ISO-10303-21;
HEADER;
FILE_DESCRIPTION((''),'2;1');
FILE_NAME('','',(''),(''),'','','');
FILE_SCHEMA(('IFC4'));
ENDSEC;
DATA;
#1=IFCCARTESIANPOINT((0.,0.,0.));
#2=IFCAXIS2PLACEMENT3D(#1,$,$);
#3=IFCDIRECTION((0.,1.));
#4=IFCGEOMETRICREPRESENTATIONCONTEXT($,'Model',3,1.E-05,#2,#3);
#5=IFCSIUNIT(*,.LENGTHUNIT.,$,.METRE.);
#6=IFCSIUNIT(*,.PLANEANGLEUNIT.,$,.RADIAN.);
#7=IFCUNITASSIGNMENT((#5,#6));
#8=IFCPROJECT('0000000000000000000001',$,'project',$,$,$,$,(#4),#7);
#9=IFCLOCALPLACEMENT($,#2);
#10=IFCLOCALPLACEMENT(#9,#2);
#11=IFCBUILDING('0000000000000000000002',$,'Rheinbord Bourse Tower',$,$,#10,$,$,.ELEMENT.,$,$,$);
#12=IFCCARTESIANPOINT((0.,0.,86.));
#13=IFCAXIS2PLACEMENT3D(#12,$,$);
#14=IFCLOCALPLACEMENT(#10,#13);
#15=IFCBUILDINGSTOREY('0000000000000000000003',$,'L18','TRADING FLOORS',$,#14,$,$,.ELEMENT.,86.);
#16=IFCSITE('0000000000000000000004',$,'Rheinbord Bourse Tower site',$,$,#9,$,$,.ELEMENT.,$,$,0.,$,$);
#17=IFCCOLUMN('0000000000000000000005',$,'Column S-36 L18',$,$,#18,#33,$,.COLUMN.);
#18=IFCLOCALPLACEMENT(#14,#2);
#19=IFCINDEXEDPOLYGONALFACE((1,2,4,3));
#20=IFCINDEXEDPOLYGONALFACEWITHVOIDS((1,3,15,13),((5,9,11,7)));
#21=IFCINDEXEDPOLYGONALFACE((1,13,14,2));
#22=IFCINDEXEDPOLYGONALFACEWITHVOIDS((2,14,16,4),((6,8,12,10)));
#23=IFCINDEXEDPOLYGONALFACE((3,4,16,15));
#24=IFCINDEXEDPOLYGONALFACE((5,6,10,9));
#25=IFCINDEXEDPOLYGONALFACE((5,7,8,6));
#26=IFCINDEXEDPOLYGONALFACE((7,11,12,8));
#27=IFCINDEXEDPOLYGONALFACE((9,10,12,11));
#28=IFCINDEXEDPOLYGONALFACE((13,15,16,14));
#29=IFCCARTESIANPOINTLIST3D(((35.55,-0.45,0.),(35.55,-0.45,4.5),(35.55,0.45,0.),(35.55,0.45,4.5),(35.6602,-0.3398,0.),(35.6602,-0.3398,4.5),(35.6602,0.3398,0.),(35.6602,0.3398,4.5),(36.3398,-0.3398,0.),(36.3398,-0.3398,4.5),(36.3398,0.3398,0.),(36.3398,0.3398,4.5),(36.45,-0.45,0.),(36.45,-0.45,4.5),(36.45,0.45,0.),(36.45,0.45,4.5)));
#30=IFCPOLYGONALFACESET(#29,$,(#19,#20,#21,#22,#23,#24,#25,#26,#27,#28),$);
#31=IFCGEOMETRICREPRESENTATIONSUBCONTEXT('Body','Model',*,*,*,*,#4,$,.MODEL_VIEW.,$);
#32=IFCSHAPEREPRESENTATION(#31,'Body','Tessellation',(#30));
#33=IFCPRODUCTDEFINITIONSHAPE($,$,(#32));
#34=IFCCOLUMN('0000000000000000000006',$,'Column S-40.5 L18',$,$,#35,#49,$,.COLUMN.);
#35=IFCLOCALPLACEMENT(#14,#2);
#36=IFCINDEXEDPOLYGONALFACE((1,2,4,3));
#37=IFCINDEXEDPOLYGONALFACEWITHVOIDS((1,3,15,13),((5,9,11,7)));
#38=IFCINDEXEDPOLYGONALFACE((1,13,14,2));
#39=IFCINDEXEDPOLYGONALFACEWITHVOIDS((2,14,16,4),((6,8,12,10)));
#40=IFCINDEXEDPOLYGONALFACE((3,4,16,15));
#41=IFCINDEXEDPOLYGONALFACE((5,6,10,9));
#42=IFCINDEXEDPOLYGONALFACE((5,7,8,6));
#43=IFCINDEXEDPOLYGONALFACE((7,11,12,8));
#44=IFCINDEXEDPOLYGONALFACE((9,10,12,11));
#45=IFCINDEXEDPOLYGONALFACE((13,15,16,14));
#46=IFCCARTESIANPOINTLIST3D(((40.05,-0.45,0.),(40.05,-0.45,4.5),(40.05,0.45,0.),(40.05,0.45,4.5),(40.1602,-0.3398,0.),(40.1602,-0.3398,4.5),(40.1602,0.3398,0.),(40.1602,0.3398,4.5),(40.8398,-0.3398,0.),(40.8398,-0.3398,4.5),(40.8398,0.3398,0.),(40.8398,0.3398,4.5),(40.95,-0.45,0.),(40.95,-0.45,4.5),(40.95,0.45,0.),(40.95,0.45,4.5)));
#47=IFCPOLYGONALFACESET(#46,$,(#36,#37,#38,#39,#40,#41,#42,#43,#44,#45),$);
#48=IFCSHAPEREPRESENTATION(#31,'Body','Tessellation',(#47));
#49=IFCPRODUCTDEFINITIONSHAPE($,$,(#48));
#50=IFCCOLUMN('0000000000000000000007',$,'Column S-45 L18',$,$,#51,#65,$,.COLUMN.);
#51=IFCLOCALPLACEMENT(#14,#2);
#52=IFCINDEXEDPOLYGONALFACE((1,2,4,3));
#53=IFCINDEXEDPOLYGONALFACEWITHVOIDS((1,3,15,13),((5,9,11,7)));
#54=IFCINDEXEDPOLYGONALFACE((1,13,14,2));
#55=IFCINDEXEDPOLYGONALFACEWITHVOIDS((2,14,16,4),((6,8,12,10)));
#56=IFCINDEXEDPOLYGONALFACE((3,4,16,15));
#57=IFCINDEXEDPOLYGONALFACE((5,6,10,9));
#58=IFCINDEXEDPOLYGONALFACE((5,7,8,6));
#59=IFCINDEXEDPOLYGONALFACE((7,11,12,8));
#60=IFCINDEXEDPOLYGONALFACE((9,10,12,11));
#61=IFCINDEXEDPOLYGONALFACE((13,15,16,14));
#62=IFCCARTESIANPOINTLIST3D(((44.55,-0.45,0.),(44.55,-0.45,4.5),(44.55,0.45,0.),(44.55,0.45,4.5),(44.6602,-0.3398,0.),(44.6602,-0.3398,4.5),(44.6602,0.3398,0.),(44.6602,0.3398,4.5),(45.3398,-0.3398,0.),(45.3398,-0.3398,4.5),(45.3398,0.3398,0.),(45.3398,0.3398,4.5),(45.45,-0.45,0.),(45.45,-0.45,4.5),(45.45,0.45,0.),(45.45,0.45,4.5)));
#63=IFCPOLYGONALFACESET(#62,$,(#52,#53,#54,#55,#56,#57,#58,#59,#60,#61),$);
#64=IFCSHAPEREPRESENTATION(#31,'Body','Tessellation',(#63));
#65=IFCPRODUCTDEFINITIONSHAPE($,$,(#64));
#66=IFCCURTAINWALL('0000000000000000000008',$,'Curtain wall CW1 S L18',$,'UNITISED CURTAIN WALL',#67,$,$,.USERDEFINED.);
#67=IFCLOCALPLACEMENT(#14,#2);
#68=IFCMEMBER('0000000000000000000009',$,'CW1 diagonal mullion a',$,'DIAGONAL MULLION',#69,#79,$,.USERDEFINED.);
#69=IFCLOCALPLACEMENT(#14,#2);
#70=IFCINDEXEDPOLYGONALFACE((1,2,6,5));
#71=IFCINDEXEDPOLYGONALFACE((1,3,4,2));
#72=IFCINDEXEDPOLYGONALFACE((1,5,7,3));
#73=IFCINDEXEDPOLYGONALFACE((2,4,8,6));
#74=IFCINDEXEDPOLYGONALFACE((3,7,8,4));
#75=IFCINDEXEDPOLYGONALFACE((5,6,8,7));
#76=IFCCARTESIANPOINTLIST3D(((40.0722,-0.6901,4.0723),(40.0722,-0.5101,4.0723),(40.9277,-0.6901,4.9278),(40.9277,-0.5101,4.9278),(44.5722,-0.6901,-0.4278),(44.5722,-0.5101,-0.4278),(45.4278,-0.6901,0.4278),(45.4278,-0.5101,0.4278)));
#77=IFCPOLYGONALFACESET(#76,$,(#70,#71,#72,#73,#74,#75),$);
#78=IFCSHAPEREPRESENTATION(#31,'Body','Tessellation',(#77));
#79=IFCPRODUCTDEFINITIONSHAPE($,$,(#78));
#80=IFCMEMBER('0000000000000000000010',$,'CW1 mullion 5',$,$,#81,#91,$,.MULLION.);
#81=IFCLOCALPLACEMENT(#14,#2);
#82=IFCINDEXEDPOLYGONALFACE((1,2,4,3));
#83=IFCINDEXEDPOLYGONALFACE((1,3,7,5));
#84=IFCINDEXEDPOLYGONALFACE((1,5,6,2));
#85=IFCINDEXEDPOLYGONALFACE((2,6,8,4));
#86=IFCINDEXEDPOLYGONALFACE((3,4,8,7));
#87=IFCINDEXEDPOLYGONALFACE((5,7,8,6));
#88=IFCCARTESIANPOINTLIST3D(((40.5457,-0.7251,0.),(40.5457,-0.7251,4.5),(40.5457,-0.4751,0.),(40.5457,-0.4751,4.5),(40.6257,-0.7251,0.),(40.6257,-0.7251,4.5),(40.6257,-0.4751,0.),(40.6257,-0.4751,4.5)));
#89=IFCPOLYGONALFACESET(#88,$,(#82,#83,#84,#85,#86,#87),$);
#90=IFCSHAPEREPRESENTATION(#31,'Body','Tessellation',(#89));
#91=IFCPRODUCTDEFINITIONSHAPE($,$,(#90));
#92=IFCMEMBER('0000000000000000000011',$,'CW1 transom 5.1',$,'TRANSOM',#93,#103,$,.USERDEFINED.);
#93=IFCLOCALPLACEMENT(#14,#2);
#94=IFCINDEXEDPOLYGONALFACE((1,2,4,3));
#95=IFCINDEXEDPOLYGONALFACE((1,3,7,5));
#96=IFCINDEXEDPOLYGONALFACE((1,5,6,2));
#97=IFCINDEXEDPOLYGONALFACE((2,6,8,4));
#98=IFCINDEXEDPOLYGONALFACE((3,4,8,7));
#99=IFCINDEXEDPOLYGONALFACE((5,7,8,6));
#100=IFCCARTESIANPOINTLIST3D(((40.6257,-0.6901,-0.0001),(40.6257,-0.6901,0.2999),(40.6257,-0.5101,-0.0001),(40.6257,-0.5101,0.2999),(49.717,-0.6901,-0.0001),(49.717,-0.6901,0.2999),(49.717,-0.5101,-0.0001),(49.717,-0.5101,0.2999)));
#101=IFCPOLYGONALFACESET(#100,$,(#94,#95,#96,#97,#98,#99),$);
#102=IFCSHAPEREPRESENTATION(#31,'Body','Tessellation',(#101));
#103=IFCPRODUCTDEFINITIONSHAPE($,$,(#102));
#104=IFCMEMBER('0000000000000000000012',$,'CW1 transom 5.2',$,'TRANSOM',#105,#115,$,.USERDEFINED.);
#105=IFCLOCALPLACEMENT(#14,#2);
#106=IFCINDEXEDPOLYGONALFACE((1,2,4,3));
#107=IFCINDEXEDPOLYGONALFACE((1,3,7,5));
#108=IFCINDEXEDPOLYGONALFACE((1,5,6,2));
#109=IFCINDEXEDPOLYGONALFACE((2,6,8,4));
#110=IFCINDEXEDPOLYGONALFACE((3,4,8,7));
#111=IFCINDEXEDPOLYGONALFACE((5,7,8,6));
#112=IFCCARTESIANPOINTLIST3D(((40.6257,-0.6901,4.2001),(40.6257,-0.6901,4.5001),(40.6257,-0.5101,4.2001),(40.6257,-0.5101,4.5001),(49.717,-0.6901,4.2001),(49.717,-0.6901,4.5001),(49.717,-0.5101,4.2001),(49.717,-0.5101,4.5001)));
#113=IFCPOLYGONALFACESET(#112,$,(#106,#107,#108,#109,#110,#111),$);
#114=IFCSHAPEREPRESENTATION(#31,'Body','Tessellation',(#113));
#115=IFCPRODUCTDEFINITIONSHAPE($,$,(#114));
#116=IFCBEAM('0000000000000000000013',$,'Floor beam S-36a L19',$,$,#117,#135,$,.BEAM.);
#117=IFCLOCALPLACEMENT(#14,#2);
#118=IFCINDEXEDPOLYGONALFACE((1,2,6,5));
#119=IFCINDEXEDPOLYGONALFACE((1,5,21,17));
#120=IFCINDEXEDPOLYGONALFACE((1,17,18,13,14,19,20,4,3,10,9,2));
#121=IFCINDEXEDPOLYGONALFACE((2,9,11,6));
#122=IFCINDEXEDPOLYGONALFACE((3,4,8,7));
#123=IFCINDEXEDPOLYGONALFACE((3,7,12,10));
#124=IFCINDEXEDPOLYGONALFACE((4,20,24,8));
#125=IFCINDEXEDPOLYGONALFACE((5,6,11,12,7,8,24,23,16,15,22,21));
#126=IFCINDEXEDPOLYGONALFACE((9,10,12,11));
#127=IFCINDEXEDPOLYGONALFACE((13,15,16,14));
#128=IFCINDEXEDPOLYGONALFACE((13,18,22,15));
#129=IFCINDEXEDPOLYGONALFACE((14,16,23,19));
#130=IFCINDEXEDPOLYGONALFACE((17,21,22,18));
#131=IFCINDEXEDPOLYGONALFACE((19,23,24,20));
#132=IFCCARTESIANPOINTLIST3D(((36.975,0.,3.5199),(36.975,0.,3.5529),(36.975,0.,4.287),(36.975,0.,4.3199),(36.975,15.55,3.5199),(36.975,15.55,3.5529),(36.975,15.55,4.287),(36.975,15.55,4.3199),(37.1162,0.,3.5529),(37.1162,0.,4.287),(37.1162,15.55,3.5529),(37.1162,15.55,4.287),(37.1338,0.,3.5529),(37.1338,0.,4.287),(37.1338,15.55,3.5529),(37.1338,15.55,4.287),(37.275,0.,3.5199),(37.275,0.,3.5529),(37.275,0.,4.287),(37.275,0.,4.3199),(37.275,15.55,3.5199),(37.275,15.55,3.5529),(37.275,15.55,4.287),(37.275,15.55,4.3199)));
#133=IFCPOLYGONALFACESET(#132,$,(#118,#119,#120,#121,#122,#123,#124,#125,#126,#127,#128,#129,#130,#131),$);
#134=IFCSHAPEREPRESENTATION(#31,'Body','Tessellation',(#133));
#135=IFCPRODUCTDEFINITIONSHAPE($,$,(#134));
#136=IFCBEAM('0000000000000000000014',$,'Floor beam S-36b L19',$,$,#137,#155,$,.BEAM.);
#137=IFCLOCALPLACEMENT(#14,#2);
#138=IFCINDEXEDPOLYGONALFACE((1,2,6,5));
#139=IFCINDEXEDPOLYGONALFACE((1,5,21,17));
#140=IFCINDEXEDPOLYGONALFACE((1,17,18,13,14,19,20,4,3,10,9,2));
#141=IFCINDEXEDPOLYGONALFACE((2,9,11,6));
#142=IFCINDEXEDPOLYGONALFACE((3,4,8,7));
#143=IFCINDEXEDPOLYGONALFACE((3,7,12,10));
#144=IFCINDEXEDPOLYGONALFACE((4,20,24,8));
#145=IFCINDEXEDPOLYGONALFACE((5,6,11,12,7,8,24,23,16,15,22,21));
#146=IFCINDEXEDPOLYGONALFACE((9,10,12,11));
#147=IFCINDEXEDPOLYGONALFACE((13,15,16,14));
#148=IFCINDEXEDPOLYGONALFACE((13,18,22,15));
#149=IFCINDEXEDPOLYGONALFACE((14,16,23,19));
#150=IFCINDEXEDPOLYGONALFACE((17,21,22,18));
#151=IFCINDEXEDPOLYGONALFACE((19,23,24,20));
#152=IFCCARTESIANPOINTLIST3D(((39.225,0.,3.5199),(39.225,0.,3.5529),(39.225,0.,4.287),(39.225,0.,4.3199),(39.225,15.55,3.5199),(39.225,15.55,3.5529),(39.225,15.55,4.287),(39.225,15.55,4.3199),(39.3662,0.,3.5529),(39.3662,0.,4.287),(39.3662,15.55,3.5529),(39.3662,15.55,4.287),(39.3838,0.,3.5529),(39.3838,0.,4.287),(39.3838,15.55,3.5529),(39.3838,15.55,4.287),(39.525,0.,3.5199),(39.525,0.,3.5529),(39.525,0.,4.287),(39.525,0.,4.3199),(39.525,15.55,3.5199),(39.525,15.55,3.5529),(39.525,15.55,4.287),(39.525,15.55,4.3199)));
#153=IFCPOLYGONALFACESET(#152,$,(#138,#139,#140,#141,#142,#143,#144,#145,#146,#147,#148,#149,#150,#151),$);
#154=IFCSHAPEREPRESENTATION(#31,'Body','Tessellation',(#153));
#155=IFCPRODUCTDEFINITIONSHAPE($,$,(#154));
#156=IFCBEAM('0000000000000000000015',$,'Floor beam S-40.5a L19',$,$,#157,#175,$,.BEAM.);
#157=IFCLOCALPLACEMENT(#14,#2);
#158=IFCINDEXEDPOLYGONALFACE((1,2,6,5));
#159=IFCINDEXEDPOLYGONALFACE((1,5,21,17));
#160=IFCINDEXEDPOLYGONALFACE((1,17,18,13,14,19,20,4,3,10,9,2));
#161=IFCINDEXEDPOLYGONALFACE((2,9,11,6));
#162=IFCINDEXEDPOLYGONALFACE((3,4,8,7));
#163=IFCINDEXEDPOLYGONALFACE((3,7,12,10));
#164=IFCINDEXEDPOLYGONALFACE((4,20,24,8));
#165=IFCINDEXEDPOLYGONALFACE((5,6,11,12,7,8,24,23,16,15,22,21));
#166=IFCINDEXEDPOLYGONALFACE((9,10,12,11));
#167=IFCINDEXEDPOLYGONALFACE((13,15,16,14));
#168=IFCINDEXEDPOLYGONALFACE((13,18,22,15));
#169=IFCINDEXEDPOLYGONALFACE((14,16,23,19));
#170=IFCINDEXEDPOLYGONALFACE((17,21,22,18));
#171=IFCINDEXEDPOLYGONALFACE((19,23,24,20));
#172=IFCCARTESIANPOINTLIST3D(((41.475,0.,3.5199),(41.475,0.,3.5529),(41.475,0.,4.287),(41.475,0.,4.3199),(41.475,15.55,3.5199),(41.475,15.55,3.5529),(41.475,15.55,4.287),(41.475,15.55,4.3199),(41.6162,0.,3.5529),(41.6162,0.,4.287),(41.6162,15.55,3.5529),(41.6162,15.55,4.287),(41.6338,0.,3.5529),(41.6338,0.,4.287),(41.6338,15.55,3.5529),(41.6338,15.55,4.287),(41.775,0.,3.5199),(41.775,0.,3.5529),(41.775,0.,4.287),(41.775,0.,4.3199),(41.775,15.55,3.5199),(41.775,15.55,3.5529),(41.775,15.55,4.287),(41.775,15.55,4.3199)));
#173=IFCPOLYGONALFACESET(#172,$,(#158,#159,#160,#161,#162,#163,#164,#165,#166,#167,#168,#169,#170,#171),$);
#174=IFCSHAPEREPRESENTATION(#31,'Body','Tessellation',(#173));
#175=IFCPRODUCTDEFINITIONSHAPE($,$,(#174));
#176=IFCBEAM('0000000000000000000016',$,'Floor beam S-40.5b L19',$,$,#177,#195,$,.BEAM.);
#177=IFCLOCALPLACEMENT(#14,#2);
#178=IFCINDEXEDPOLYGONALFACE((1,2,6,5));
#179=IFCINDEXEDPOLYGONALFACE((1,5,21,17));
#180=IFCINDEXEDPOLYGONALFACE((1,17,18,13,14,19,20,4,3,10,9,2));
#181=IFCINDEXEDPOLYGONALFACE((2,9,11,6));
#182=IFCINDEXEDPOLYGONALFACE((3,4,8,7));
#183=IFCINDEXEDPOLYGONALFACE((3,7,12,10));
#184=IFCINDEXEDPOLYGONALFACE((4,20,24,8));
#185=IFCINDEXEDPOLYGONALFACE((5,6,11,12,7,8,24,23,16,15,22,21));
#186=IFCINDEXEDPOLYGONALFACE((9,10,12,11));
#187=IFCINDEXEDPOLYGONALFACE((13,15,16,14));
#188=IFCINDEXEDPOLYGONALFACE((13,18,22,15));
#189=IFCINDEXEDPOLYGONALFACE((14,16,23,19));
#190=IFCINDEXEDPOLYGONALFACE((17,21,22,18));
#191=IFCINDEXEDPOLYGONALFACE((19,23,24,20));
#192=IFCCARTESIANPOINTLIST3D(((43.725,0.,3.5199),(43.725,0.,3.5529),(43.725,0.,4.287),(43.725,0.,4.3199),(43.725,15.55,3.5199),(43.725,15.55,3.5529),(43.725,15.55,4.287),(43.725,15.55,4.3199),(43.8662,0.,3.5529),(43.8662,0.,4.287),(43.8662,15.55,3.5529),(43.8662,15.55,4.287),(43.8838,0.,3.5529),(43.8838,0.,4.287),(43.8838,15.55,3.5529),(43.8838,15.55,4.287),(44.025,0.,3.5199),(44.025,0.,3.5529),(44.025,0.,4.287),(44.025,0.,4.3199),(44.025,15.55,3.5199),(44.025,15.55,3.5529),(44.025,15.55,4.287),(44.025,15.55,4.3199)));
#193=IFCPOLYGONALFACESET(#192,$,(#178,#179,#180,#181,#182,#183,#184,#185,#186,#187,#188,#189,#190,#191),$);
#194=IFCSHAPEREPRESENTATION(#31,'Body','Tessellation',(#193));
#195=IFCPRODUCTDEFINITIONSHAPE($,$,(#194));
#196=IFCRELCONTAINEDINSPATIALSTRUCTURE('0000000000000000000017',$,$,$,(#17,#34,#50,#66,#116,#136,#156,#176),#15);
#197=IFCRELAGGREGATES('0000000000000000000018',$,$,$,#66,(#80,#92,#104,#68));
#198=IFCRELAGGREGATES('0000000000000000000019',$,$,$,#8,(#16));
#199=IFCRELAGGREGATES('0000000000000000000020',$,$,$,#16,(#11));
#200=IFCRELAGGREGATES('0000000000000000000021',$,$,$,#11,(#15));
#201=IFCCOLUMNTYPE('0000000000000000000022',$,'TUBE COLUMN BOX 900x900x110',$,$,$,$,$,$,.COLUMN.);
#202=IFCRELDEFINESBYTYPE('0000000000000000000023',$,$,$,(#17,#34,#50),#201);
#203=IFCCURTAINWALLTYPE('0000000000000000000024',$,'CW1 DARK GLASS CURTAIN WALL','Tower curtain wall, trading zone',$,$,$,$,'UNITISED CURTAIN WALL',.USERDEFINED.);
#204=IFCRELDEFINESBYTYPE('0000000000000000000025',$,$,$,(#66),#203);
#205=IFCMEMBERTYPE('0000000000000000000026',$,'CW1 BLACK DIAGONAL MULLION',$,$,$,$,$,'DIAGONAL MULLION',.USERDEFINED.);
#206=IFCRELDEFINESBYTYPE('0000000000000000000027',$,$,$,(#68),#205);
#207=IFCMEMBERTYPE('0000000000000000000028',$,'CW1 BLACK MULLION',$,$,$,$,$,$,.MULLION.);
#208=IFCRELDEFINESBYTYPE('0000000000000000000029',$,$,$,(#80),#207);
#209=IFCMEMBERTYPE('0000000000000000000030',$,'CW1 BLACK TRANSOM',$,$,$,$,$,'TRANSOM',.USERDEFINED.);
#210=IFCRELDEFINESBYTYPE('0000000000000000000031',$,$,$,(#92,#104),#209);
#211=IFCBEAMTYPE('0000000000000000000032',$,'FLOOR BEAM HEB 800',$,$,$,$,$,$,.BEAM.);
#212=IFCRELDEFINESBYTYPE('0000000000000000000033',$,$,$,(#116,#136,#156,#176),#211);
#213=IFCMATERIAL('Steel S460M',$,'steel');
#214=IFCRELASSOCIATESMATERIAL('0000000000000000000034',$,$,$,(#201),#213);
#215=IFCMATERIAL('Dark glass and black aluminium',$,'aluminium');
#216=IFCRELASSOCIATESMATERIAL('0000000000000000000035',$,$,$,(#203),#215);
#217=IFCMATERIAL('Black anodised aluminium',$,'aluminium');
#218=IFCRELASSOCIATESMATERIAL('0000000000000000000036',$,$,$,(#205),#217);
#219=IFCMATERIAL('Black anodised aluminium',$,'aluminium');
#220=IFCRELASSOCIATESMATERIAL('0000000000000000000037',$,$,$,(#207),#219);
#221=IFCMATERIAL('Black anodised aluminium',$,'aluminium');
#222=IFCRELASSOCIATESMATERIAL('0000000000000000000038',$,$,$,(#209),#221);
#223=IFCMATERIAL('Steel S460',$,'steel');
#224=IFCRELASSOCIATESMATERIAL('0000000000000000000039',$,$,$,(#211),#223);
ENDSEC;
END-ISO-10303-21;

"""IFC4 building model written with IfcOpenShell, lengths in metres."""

from ifc_helpers import new_model, si_unit, direction, frame, origin, origin_2d, place, context, subcontext, project, spatial, rectangle, hollow_rectangle, i_section, extrude, material, material_profile, profile_set, type_object, element, aggregate, save


model = new_model("IFC4")

# Units and contexts
model_context = context("Model", 3, precision=1e-05, world=origin(), true_north=direction((0.0, 1.0)))
body_context = subcontext(model_context, "Body", "Model", "MODEL_VIEW")
ifc_project = project(units=[si_unit("LENGTHUNIT", "METRE"), si_unit("PLANEANGLEUNIT", "RADIAN")], contexts=[model_context])

# Site, building, storey
site_placement = place(None, origin())
site = spatial("IfcSite", under=ifc_project, at=site_placement, Name="Rheinbord Bourse Tower site", CompositionType="ELEMENT", RefElevation=0.0)
building_placement = place(site_placement, origin())
building = spatial("IfcBuilding", under=site, at=building_placement, Name="Rheinbord Bourse Tower", CompositionType="ELEMENT")
storey_placement = place(building_placement, frame((0.0, 0.0, 86.0)))
storey = spatial("IfcBuildingStorey", under=building, at=storey_placement, Name="L18", Description="TRADING FLOORS", CompositionType="ELEMENT", Elevation=86.0)

# Columns
ifc_material_1 = material(Name="Steel S460M", Category="steel")
ifc_material_profile_1 = material_profile(ifc_material_1, hollow_rectangle(XDim=0.8999, YDim=0.8999, WallThickness=0.1101, at=origin_2d()), Name="BOX 900x900x110")
ifc_profile_set_1 = profile_set([ifc_material_profile_1], Name="Steel S460M")
column_type = type_object("IfcColumnType", Name="TUBE COLUMN BOX 900x900x110", PredefinedType="COLUMN", material=ifc_profile_set_1)
for number, where, z_axis, x_axis, name in (
    (1, (36.0, 0.0, 0.0), (0.0, 0.0, 1.0), (0.0, 1.0, 0.0), "Column S-36 L18"),
    (2, (40.5, 0.0, 0.0), (0.0, 0.0, 1.0), (0.0, 1.0, 0.0), "Column S-40.5 L18"),
    (3, (45.0, 0.0, 0.0), (0.0, 0.0, 1.0), (0.0, 1.0, 0.0), "Column S-45 L18"),
):
    element("IfcColumn", number, at=place(storey_placement, frame(where, z_axis=z_axis, x_axis=x_axis)), inside=storey, type_object=column_type, Name=name, PredefinedType="COLUMN", context=body_context, shape_type="SweptSolid", body=[
        extrude(hollow_rectangle(XDim=0.8999, YDim=0.8999, WallThickness=0.1101, at=origin_2d()), origin(), (0.0, 0.0, 1.0), 4.5),
    ])

# Curtain wall, members
ifc_material_2 = material(Name="Dark glass and black aluminium", Category="aluminium")
curtain_wall_type = type_object("IfcCurtainWallType", Name="CW1 DARK GLASS CURTAIN WALL", Description="Tower curtain wall, trading zone", ElementType="UNITISED CURTAIN WALL", PredefinedType="USERDEFINED", material=ifc_material_2)
curtain_wall_placement = place(storey_placement, origin())
curtain_wall = element("IfcCurtainWall", 4, at=curtain_wall_placement, inside=storey, type_object=curtain_wall_type, Name="Curtain wall CW1 S L18", ObjectType="UNITISED CURTAIN WALL", PredefinedType="USERDEFINED")
ifc_material_3 = material(Name="Black anodised aluminium", Category="aluminium")
ifc_material_profile_2 = material_profile(ifc_material_3, rectangle(XDim=0.1799, YDim=1.21, at=origin_2d()), Name="CW1 DIAGONAL MULLION 1210x180")
ifc_profile_set_2 = profile_set([ifc_material_profile_2], Name="Black anodised aluminium")
member_type_1 = type_object("IfcMemberType", Name="CW1 BLACK DIAGONAL MULLION", ElementType="DIAGONAL MULLION", PredefinedType="USERDEFINED", material=ifc_profile_set_2)
member_1_placement = place(storey_placement, frame((45.0, -0.6001, 0.0), z_axis=(-0.707107, 0.0, 0.707107), x_axis=(0.0, -1.0, 0.0)))
member_1 = element("IfcMember", 5, at=member_1_placement, type_object=member_type_1, Name="CW1 diagonal mullion a", ObjectType="DIAGONAL MULLION", PredefinedType="USERDEFINED", context=body_context, shape_type="SweptSolid", body=[
    extrude(rectangle(XDim=0.1799, YDim=1.21, at=origin_2d()), origin(), (0.0, 0.0, 1.0), 6.364),
])
ifc_material_4 = material(Name="Black anodised aluminium", Category="aluminium")
ifc_material_profile_3 = material_profile(ifc_material_4, rectangle(XDim=0.25, YDim=0.0801, at=origin_2d()), Name="CW1 MULLION 80x250")
ifc_profile_set_3 = profile_set([ifc_material_profile_3], Name="Black anodised aluminium")
member_type_2 = type_object("IfcMemberType", Name="CW1 BLACK MULLION", PredefinedType="MULLION", material=ifc_profile_set_3)
member_2_placement = place(storey_placement, frame((40.5857, -0.6001, 0.0), z_axis=(0.0, 0.0, 1.0), x_axis=(0.0, 1.0, 0.0)))
member_2 = element("IfcMember", 6, at=member_2_placement, type_object=member_type_2, Name="CW1 mullion 5", PredefinedType="MULLION", context=body_context, shape_type="SweptSolid", body=[
    extrude(rectangle(XDim=0.25, YDim=0.0801, at=origin_2d()), origin(), (0.0, 0.0, 1.0), 4.5),
])
ifc_material_5 = material(Name="Black anodised aluminium", Category="aluminium")
ifc_material_profile_4 = material_profile(ifc_material_5, rectangle(XDim=0.1799, YDim=0.3, at=origin_2d()), Name="CW1 TRANSOM 300x180")
ifc_profile_set_4 = profile_set([ifc_material_profile_4], Name="Black anodised aluminium")
member_type_3 = type_object("IfcMemberType", Name="CW1 BLACK TRANSOM", ElementType="TRANSOM", PredefinedType="USERDEFINED", material=ifc_profile_set_4)
member_3_placement = place(storey_placement, frame((40.6257, -0.6001, 0.1499), z_axis=(1.0, 0.0, 0.0), x_axis=(0.0, 1.0, 0.0)))
member_3 = element("IfcMember", 7, at=member_3_placement, type_object=member_type_3, Name="CW1 transom 5.1", ObjectType="TRANSOM", PredefinedType="USERDEFINED", context=body_context, shape_type="SweptSolid", body=[
    extrude(rectangle(XDim=0.1799, YDim=0.3, at=origin_2d()), origin(), (0.0, 0.0, 1.0), 9.0913),
])
member_4_placement = place(storey_placement, frame((40.6257, -0.6001, 4.3501), z_axis=(1.0, 0.0, 0.0), x_axis=(0.0, 1.0, 0.0)))
member_4 = element("IfcMember", 8, at=member_4_placement, type_object=member_type_3, Name="CW1 transom 5.2", ObjectType="TRANSOM", PredefinedType="USERDEFINED", context=body_context, shape_type="SweptSolid", body=[
    extrude(rectangle(XDim=0.1799, YDim=0.3, at=origin_2d()), origin(), (0.0, 0.0, 1.0), 9.0913),
])

# Beams
ifc_material_6 = material(Name="Steel S460", Category="steel")
ifc_material_profile_5 = material_profile(ifc_material_6, i_section(OverallWidth=0.3, OverallDepth=0.8, WebThickness=0.0176, FlangeThickness=0.033, at=origin_2d()), Name="HEB 800")
ifc_profile_set_5 = profile_set([ifc_material_profile_5], Name="Steel S460")
beam_type_1 = type_object("IfcBeamType", Name="FLOOR BEAM HEB 800", PredefinedType="BEAM", material=ifc_profile_set_5)
for number, where, z_axis, x_axis, name in (
    (9, (37.125, 0.0, 3.9199), (0.0, 1.0, 0.0), (-1.0, 0.0, 0.0), "Floor beam S-36a L19"),
    (10, (39.375, 0.0, 3.9199), (0.0, 1.0, 0.0), (-1.0, 0.0, 0.0), "Floor beam S-36b L19"),
    (11, (41.625, 0.0, 3.9199), (0.0, 1.0, 0.0), (-1.0, 0.0, 0.0), "Floor beam S-40.5a L19"),
    (12, (43.875, 0.0, 3.9199), (0.0, 1.0, 0.0), (-1.0, 0.0, 0.0), "Floor beam S-40.5b L19"),
):
    element("IfcBeam", number, at=place(storey_placement, frame(where, z_axis=z_axis, x_axis=x_axis)), inside=storey, type_object=beam_type_1, Name=name, PredefinedType="BEAM", context=body_context, shape_type="SweptSolid", body=[
        extrude(i_section(OverallWidth=0.3, OverallDepth=0.8, WebThickness=0.0176, FlangeThickness=0.033, at=origin_2d()), origin(), (0.0, 0.0, 1.0), 15.55),
    ])

aggregate(curtain_wall, [member_2, member_3, member_4, member_1])

save(model, "model.ifc")
